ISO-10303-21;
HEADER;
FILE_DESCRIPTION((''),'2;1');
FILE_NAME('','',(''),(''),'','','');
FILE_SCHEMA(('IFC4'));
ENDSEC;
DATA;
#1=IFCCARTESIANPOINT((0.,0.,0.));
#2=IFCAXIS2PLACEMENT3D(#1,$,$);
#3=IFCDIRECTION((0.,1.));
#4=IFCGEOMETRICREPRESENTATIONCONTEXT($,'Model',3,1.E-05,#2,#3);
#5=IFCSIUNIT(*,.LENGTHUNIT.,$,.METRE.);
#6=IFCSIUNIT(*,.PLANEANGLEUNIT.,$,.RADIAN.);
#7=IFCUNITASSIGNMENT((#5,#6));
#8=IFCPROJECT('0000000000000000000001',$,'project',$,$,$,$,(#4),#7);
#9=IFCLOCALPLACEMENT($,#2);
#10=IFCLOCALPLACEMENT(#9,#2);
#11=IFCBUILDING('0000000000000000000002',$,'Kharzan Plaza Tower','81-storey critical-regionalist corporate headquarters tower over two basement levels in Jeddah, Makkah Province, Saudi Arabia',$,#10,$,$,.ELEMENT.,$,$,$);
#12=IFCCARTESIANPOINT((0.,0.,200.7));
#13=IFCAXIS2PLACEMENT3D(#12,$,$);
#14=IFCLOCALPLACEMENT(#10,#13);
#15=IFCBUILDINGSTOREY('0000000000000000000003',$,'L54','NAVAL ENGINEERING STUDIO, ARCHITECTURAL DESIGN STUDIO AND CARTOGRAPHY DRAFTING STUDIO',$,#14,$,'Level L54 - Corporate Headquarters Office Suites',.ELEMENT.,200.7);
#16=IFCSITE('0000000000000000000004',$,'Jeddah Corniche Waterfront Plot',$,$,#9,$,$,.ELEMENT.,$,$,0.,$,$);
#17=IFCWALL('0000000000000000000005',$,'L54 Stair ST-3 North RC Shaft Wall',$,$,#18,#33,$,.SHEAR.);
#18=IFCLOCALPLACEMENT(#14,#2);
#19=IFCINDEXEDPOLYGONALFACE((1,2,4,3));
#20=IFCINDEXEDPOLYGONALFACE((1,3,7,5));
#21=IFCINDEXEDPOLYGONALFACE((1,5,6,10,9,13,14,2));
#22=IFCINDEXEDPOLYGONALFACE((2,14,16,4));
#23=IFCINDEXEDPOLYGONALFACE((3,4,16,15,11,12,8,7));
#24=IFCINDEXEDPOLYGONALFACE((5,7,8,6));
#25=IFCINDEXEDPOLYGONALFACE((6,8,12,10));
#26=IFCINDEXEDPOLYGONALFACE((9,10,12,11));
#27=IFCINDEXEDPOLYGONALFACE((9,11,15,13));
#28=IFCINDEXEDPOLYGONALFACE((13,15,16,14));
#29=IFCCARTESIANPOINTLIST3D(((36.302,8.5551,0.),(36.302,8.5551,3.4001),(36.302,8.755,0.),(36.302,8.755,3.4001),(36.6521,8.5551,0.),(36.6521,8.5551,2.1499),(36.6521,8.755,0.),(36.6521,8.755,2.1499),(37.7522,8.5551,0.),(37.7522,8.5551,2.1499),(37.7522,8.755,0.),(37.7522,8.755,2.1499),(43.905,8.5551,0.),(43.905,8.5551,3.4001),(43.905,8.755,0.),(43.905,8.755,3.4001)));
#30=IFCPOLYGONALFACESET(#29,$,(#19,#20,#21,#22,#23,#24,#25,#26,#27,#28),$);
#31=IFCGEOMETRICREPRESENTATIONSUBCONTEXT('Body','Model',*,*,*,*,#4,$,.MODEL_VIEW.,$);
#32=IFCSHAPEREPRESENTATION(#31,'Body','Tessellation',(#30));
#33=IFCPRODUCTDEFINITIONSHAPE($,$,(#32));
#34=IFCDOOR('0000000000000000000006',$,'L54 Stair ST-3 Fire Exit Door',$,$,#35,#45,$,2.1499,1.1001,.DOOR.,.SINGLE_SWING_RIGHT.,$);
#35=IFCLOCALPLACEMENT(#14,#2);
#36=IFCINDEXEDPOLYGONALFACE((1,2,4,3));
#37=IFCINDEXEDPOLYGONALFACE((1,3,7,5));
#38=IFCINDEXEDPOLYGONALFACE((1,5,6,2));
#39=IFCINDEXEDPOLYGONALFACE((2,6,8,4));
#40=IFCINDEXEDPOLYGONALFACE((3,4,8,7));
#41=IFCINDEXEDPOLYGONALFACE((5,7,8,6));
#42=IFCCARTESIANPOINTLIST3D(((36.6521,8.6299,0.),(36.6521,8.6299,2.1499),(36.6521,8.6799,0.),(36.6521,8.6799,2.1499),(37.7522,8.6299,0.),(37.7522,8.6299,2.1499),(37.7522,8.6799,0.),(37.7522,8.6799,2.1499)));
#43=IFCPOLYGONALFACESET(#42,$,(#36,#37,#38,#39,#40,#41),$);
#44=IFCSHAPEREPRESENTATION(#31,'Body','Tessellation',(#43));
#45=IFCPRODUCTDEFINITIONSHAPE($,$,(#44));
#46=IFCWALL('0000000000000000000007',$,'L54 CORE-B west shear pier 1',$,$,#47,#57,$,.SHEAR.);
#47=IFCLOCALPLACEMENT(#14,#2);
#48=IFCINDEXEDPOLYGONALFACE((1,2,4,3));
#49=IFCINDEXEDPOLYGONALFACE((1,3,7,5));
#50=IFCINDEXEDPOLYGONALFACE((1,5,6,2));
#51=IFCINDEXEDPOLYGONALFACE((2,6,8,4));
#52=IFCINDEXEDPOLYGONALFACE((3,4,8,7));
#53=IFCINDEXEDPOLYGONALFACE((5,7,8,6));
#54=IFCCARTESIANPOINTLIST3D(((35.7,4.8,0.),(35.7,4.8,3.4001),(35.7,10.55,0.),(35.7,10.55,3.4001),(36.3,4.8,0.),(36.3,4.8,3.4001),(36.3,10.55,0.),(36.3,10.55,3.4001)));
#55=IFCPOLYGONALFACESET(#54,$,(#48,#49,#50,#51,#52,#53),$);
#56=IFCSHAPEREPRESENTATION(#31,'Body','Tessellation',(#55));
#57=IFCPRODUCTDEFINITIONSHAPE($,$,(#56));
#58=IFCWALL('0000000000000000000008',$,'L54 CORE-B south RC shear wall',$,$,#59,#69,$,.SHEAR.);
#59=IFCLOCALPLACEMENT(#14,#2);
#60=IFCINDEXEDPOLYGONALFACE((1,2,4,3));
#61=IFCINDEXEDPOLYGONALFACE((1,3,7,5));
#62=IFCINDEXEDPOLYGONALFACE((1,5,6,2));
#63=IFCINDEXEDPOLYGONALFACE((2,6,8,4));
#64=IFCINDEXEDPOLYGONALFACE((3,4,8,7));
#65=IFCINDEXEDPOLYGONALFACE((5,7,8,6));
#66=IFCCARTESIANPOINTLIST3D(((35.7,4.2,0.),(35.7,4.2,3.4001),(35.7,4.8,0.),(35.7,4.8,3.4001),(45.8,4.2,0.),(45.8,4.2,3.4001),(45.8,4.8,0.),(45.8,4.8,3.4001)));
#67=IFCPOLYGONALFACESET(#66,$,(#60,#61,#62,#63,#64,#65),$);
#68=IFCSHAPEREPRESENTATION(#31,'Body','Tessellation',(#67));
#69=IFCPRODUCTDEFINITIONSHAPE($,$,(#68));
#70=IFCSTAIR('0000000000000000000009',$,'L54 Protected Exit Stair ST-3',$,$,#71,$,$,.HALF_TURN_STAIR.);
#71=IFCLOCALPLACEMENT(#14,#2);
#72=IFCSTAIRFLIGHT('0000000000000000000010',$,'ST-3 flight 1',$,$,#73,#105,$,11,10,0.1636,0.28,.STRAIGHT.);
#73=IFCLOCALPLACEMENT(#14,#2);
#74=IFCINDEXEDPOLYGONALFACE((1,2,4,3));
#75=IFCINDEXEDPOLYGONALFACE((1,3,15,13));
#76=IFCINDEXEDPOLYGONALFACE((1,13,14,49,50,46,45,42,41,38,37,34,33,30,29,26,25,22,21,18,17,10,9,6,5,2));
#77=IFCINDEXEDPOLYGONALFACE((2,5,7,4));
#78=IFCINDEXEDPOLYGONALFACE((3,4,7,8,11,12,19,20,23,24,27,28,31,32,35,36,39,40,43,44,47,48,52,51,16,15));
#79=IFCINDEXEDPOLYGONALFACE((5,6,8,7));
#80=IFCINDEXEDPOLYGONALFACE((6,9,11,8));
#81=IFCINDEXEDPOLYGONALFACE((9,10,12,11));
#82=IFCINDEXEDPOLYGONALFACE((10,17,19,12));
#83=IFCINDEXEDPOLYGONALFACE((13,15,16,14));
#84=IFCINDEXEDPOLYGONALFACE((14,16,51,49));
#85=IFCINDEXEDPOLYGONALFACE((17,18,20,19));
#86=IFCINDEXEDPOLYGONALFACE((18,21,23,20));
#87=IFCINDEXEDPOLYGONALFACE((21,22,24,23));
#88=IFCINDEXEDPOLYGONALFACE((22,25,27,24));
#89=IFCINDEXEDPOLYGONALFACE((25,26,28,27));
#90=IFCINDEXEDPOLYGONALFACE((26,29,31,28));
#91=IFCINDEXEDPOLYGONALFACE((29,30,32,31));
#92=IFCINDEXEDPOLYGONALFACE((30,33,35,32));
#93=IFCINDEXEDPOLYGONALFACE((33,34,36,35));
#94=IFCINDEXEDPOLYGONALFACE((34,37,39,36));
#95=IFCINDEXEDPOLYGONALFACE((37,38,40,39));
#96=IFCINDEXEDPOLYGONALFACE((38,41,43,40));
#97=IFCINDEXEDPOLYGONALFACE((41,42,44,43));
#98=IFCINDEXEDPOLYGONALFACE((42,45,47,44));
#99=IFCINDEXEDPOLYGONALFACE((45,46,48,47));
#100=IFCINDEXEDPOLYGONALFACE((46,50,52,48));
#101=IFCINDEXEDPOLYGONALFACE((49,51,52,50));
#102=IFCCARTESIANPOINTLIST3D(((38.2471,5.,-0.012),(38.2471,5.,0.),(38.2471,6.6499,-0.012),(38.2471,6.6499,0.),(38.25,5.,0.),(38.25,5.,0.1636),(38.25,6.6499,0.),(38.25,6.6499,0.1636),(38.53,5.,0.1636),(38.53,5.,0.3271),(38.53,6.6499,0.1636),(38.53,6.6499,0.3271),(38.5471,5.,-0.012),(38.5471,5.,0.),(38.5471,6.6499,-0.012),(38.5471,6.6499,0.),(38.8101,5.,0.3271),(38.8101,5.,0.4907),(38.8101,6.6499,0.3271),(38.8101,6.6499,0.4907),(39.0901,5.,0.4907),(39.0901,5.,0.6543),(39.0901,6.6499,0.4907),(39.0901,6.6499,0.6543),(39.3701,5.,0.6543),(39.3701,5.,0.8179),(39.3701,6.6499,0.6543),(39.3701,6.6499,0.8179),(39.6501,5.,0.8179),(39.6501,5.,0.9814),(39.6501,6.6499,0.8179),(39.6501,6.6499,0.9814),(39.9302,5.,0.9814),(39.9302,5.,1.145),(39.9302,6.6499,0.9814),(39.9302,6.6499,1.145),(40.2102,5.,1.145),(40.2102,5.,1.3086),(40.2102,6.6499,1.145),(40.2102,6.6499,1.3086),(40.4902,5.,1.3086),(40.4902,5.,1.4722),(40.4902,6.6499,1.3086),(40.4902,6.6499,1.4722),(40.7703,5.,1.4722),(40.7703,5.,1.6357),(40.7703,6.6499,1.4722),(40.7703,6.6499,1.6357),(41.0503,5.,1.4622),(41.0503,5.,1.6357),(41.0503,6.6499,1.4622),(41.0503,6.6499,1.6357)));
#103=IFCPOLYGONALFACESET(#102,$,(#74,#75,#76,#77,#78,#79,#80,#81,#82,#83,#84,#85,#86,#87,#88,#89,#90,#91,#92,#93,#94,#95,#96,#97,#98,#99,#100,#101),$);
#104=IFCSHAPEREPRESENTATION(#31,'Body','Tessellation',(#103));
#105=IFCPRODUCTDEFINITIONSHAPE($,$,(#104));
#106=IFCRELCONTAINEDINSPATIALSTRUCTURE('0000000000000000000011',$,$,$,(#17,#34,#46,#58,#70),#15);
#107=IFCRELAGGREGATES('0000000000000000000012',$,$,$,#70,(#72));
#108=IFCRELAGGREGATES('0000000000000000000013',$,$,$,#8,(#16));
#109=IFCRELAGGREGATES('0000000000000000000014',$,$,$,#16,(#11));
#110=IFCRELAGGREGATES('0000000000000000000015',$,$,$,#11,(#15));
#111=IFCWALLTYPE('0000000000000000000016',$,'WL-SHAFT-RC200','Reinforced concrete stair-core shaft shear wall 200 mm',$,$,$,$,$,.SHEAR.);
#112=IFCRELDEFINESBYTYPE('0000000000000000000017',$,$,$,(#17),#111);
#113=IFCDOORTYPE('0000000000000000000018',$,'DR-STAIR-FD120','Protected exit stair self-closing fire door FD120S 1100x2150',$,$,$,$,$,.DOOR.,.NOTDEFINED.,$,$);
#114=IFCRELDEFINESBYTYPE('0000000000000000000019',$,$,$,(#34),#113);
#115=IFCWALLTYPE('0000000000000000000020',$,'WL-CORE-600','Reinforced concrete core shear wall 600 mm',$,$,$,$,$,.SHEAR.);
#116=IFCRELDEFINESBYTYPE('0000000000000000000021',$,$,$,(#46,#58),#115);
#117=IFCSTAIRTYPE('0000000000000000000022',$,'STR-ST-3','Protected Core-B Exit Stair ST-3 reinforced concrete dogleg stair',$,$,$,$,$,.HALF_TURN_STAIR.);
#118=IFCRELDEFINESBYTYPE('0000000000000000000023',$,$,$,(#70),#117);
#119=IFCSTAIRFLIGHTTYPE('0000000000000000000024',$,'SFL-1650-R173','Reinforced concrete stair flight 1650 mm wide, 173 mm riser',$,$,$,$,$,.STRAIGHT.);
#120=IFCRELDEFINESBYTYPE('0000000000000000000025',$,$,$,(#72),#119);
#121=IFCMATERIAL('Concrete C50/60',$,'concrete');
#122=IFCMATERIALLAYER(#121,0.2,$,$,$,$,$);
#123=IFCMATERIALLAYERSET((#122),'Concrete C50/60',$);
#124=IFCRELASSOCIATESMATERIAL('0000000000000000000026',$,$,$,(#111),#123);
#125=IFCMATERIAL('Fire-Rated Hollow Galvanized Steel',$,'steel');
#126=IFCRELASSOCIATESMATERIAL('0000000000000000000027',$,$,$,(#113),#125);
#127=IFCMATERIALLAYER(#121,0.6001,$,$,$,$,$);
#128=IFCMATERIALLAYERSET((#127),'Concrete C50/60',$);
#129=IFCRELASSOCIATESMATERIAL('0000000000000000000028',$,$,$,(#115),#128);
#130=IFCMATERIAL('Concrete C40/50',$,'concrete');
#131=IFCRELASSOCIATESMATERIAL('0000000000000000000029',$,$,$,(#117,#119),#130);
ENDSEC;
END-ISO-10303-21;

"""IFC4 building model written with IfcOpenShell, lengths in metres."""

from ifc_helpers import new_model, si_unit, direction, frame, frame_2d, origin, place, context, subcontext, project, spatial, polyline, rectangle, outline, extrude, source, transform, mapped, material, layer, layer_set, type_object, element, fill, aggregate, save


model = new_model("IFC4")

# Units and contexts
model_context = context("Model", 3, precision=1e-05, world=origin(), true_north=direction((0.0, 1.0)))
body_context = subcontext(model_context, "Body", "Model", "MODEL_VIEW")
ifc_project = project(units=[si_unit("LENGTHUNIT", "METRE"), si_unit("PLANEANGLEUNIT", "RADIAN")], contexts=[model_context])

# Site, building, storey
site_placement = place(None, origin())
site = spatial("IfcSite", under=ifc_project, at=site_placement, Name="Jeddah Corniche Waterfront Plot", CompositionType="ELEMENT", RefElevation=0.0)
building_placement = place(site_placement, origin())
building = spatial("IfcBuilding", under=site, at=building_placement, Name="Kharzan Plaza Tower", Description="81-storey critical-regionalist corporate headquarters tower over two basement levels in Jeddah, Makkah Province, Saudi Arabia", CompositionType="ELEMENT")
storey_placement = place(building_placement, frame((0.0, 0.0, 200.7)))
storey = spatial("IfcBuildingStorey", under=building, at=storey_placement, Name="L54", Description="NAVAL ENGINEERING STUDIO, ARCHITECTURAL DESIGN STUDIO AND CARTOGRAPHY DRAFTING STUDIO", LongName="Level L54 - Corporate Headquarters Office Suites", CompositionType="ELEMENT", Elevation=200.7)

# Shared definitions
ifc_material_1 = material(Name="Concrete C50/60", Category="concrete")

# Shared definitions
ifc_material_2 = material(Name="Concrete C40/50", Category="concrete")

# Wall, opening, door
ifc_layer_1 = layer(ifc_material_1, 0.2)
ifc_layer_set_1 = layer_set([ifc_layer_1], Name="Concrete C50/60")
wall_type_1 = type_object("IfcWallType", Name="WL-SHAFT-RC200", Description="Reinforced concrete stair-core shaft shear wall 200 mm", PredefinedType="SHEAR", material=ifc_layer_set_1)
wall_1_placement = place(storey_placement, frame((36.302, 8.655, 0.0), z_axis=(0.0, 0.0, 1.0), x_axis=(1.0, 0.0, 0.0)))
wall_1 = element("IfcWall", 1, at=wall_1_placement, inside=storey, type_object=wall_type_1, Name="L54 Stair ST-3 North RC Shaft Wall", PredefinedType="SHEAR", context=body_context, shape_type="SweptSolid", body=[
    extrude(rectangle(XDim=7.603, YDim=0.2, at=frame_2d((3.8015, 0.0))), origin(), (0.0, 0.0, 1.0), 3.4001),
])
opening_1_placement = place(wall_1_placement, frame((0.3501, 0.0, 0.0)))
opening_1 = element("IfcOpeningElement", 2, at=opening_1_placement, cuts=wall_1, PredefinedType="OPENING", context=body_context, shape_type="SweptSolid", body=[
    extrude(rectangle(XDim=1.1001, YDim=2.1499, at=frame_2d((0.55, 1.075))), frame((0.0, 0.1099, 0.0), z_axis=(0.0, -1.0, 0.0), x_axis=(1.0, 0.0, 0.0)), (0.0, 0.0, 1.0), 0.22),
])
ifc_material_3 = material(Name="Fire-Rated Hollow Galvanized Steel", Category="steel")
door_type = type_object("IfcDoorType", Name="DR-STAIR-FD120", Description="Protected exit stair self-closing fire door FD120S 1100x2150", OperationType="NOTDEFINED", PredefinedType="DOOR", material=ifc_material_3)
shared_shape_1 = source(origin(), body_context, "Body", "SweptSolid", [
    extrude(rectangle(XDim=1.1001, YDim=2.1499, at=frame_2d((0.55, 1.075))), frame((0.0, 0.0249, 0.0), z_axis=(0.0, -1.0, 0.0), x_axis=(1.0, 0.0, 0.0)), (0.0, 0.0, 1.0), 0.05),
])
door_placement = place(opening_1_placement, origin())
door = element("IfcDoor", 3, at=door_placement, inside=storey, type_object=door_type, Name="L54 Stair ST-3 Fire Exit Door", OperationType="SINGLE_SWING_RIGHT", OverallHeight=2.1499, OverallWidth=1.1001, PredefinedType="DOOR", context=body_context, shape_type="MappedRepresentation", body=[
    mapped(shared_shape_1, transform((0.0, 0.0, 0.0), x_axis=(1.0, 0.0, 0.0), y_axis=(0.0, 1.0, 0.0), z_axis=(0.0, 0.0, 1.0))),
])
fill(opening_1, door)

# Walls
ifc_layer_2 = layer(ifc_material_1, 0.6001)
ifc_layer_set_2 = layer_set([ifc_layer_2], Name="Concrete C50/60")
wall_type_2 = type_object("IfcWallType", Name="WL-CORE-600", Description="Reinforced concrete core shear wall 600 mm", PredefinedType="SHEAR", material=ifc_layer_set_2)
shared_shape_2 = source(origin(), body_context, "Body", "SweptSolid", [
    extrude(rectangle(XDim=5.75, YDim=0.6001, at=frame_2d((2.875, 0.0))), origin(), (0.0, 0.0, 1.0), 3.4001),
])
wall_2_placement = place(storey_placement, frame((36.0, 4.8, 0.0), z_axis=(0.0, 0.0, 1.0), x_axis=(0.0, 1.0, 0.0)))
element("IfcWall", 4, at=wall_2_placement, inside=storey, type_object=wall_type_2, Name="L54 CORE-B west shear pier 1", PredefinedType="SHEAR", context=body_context, shape_type="MappedRepresentation", body=[
    mapped(shared_shape_2, transform((0.0, 0.0, 0.0), x_axis=(1.0, 0.0, 0.0), y_axis=(0.0, 1.0, 0.0), z_axis=(0.0, 0.0, 1.0))),
])
shared_shape_3 = source(origin(), body_context, "Body", "SweptSolid", [
    extrude(rectangle(XDim=10.1001, YDim=0.6001, at=frame_2d((5.05, 0.0))), origin(), (0.0, 0.0, 1.0), 3.4001),
])
wall_3_placement = place(storey_placement, frame((35.7, 4.5, 0.0), z_axis=(0.0, 0.0, 1.0), x_axis=(1.0, 0.0, 0.0)))
element("IfcWall", 5, at=wall_3_placement, inside=storey, type_object=wall_type_2, Name="L54 CORE-B south RC shear wall", PredefinedType="SHEAR", context=body_context, shape_type="MappedRepresentation", body=[
    mapped(shared_shape_3, transform((0.0, 0.0, 0.0), x_axis=(1.0, 0.0, 0.0), y_axis=(0.0, 1.0, 0.0), z_axis=(0.0, 0.0, 1.0))),
])

# Stair, stair flight
stair_type = type_object("IfcStairType", Name="STR-ST-3", Description="Protected Core-B Exit Stair ST-3 reinforced concrete dogleg stair", PredefinedType="HALF_TURN_STAIR", material=ifc_material_2)
stair_placement = place(storey_placement, origin())
stair = element("IfcStair", 6, at=stair_placement, inside=storey, type_object=stair_type, Name="L54 Protected Exit Stair ST-3", PredefinedType="HALF_TURN_STAIR")
stair_flight_type = type_object("IfcStairFlightType", Name="SFL-1650-R173", Description="Reinforced concrete stair flight 1650 mm wide, 173 mm riser", PredefinedType="STRAIGHT", material=ifc_material_2)
shared_shape_4 = source(origin(), body_context, "Body", "SweptSolid", [
    extrude(outline(polyline([(-0.0029, -0.012), (-0.0029, 0.0), (0.0, 0.0), (0.0, 0.1636), (0.28, 0.1636), (0.28, 0.3271), (0.5601, 0.3271), (0.5601, 0.4907), (0.8401, 0.4907), (0.8401, 0.6543), (1.1201, 0.6543), (1.1201, 0.8179), (1.4001, 0.8179), (1.4001, 0.9814), (1.6802, 0.9814), (1.6802, 1.145), (1.9602, 1.145), (1.9602, 1.3086), (2.2402, 1.3086), (2.2402, 1.4722), (2.5203, 1.4722), (2.5203, 1.6357), (2.8003, 1.6357), (2.8003, 1.7993), (2.8003, 1.4622), (0.2971, 0.0), (0.2971, -0.012), (-0.0029, -0.012)])), frame((0.0, 0.825, 0.0), z_axis=(0.0, -1.0, 0.0), x_axis=(1.0, 0.0, 0.0)), (0.0, 0.0, 1.0), 1.6499),
])
stair_flight_placement = place(storey_placement, frame((38.25, 5.825, 0.0), z_axis=(0.0, 0.0, 1.0), x_axis=(1.0, 0.0, 0.0)))
stair_flight = element("IfcStairFlight", 7, at=stair_flight_placement, type_object=stair_flight_type, Name="ST-3 flight 1", NumberOfRisers=11, NumberOfTreads=10, PredefinedType="STRAIGHT", RiserHeight=0.1636, TreadLength=0.28, context=body_context, shape_type="MappedRepresentation", body=[
    mapped(shared_shape_4, transform((0.0, 0.0, 0.0), x_axis=(1.0, 0.0, 0.0), y_axis=(0.0, 1.0, 0.0), z_axis=(0.0, 0.0, 1.0))),
])
aggregate(stair, [stair_flight])

save(model, "model.ifc")
